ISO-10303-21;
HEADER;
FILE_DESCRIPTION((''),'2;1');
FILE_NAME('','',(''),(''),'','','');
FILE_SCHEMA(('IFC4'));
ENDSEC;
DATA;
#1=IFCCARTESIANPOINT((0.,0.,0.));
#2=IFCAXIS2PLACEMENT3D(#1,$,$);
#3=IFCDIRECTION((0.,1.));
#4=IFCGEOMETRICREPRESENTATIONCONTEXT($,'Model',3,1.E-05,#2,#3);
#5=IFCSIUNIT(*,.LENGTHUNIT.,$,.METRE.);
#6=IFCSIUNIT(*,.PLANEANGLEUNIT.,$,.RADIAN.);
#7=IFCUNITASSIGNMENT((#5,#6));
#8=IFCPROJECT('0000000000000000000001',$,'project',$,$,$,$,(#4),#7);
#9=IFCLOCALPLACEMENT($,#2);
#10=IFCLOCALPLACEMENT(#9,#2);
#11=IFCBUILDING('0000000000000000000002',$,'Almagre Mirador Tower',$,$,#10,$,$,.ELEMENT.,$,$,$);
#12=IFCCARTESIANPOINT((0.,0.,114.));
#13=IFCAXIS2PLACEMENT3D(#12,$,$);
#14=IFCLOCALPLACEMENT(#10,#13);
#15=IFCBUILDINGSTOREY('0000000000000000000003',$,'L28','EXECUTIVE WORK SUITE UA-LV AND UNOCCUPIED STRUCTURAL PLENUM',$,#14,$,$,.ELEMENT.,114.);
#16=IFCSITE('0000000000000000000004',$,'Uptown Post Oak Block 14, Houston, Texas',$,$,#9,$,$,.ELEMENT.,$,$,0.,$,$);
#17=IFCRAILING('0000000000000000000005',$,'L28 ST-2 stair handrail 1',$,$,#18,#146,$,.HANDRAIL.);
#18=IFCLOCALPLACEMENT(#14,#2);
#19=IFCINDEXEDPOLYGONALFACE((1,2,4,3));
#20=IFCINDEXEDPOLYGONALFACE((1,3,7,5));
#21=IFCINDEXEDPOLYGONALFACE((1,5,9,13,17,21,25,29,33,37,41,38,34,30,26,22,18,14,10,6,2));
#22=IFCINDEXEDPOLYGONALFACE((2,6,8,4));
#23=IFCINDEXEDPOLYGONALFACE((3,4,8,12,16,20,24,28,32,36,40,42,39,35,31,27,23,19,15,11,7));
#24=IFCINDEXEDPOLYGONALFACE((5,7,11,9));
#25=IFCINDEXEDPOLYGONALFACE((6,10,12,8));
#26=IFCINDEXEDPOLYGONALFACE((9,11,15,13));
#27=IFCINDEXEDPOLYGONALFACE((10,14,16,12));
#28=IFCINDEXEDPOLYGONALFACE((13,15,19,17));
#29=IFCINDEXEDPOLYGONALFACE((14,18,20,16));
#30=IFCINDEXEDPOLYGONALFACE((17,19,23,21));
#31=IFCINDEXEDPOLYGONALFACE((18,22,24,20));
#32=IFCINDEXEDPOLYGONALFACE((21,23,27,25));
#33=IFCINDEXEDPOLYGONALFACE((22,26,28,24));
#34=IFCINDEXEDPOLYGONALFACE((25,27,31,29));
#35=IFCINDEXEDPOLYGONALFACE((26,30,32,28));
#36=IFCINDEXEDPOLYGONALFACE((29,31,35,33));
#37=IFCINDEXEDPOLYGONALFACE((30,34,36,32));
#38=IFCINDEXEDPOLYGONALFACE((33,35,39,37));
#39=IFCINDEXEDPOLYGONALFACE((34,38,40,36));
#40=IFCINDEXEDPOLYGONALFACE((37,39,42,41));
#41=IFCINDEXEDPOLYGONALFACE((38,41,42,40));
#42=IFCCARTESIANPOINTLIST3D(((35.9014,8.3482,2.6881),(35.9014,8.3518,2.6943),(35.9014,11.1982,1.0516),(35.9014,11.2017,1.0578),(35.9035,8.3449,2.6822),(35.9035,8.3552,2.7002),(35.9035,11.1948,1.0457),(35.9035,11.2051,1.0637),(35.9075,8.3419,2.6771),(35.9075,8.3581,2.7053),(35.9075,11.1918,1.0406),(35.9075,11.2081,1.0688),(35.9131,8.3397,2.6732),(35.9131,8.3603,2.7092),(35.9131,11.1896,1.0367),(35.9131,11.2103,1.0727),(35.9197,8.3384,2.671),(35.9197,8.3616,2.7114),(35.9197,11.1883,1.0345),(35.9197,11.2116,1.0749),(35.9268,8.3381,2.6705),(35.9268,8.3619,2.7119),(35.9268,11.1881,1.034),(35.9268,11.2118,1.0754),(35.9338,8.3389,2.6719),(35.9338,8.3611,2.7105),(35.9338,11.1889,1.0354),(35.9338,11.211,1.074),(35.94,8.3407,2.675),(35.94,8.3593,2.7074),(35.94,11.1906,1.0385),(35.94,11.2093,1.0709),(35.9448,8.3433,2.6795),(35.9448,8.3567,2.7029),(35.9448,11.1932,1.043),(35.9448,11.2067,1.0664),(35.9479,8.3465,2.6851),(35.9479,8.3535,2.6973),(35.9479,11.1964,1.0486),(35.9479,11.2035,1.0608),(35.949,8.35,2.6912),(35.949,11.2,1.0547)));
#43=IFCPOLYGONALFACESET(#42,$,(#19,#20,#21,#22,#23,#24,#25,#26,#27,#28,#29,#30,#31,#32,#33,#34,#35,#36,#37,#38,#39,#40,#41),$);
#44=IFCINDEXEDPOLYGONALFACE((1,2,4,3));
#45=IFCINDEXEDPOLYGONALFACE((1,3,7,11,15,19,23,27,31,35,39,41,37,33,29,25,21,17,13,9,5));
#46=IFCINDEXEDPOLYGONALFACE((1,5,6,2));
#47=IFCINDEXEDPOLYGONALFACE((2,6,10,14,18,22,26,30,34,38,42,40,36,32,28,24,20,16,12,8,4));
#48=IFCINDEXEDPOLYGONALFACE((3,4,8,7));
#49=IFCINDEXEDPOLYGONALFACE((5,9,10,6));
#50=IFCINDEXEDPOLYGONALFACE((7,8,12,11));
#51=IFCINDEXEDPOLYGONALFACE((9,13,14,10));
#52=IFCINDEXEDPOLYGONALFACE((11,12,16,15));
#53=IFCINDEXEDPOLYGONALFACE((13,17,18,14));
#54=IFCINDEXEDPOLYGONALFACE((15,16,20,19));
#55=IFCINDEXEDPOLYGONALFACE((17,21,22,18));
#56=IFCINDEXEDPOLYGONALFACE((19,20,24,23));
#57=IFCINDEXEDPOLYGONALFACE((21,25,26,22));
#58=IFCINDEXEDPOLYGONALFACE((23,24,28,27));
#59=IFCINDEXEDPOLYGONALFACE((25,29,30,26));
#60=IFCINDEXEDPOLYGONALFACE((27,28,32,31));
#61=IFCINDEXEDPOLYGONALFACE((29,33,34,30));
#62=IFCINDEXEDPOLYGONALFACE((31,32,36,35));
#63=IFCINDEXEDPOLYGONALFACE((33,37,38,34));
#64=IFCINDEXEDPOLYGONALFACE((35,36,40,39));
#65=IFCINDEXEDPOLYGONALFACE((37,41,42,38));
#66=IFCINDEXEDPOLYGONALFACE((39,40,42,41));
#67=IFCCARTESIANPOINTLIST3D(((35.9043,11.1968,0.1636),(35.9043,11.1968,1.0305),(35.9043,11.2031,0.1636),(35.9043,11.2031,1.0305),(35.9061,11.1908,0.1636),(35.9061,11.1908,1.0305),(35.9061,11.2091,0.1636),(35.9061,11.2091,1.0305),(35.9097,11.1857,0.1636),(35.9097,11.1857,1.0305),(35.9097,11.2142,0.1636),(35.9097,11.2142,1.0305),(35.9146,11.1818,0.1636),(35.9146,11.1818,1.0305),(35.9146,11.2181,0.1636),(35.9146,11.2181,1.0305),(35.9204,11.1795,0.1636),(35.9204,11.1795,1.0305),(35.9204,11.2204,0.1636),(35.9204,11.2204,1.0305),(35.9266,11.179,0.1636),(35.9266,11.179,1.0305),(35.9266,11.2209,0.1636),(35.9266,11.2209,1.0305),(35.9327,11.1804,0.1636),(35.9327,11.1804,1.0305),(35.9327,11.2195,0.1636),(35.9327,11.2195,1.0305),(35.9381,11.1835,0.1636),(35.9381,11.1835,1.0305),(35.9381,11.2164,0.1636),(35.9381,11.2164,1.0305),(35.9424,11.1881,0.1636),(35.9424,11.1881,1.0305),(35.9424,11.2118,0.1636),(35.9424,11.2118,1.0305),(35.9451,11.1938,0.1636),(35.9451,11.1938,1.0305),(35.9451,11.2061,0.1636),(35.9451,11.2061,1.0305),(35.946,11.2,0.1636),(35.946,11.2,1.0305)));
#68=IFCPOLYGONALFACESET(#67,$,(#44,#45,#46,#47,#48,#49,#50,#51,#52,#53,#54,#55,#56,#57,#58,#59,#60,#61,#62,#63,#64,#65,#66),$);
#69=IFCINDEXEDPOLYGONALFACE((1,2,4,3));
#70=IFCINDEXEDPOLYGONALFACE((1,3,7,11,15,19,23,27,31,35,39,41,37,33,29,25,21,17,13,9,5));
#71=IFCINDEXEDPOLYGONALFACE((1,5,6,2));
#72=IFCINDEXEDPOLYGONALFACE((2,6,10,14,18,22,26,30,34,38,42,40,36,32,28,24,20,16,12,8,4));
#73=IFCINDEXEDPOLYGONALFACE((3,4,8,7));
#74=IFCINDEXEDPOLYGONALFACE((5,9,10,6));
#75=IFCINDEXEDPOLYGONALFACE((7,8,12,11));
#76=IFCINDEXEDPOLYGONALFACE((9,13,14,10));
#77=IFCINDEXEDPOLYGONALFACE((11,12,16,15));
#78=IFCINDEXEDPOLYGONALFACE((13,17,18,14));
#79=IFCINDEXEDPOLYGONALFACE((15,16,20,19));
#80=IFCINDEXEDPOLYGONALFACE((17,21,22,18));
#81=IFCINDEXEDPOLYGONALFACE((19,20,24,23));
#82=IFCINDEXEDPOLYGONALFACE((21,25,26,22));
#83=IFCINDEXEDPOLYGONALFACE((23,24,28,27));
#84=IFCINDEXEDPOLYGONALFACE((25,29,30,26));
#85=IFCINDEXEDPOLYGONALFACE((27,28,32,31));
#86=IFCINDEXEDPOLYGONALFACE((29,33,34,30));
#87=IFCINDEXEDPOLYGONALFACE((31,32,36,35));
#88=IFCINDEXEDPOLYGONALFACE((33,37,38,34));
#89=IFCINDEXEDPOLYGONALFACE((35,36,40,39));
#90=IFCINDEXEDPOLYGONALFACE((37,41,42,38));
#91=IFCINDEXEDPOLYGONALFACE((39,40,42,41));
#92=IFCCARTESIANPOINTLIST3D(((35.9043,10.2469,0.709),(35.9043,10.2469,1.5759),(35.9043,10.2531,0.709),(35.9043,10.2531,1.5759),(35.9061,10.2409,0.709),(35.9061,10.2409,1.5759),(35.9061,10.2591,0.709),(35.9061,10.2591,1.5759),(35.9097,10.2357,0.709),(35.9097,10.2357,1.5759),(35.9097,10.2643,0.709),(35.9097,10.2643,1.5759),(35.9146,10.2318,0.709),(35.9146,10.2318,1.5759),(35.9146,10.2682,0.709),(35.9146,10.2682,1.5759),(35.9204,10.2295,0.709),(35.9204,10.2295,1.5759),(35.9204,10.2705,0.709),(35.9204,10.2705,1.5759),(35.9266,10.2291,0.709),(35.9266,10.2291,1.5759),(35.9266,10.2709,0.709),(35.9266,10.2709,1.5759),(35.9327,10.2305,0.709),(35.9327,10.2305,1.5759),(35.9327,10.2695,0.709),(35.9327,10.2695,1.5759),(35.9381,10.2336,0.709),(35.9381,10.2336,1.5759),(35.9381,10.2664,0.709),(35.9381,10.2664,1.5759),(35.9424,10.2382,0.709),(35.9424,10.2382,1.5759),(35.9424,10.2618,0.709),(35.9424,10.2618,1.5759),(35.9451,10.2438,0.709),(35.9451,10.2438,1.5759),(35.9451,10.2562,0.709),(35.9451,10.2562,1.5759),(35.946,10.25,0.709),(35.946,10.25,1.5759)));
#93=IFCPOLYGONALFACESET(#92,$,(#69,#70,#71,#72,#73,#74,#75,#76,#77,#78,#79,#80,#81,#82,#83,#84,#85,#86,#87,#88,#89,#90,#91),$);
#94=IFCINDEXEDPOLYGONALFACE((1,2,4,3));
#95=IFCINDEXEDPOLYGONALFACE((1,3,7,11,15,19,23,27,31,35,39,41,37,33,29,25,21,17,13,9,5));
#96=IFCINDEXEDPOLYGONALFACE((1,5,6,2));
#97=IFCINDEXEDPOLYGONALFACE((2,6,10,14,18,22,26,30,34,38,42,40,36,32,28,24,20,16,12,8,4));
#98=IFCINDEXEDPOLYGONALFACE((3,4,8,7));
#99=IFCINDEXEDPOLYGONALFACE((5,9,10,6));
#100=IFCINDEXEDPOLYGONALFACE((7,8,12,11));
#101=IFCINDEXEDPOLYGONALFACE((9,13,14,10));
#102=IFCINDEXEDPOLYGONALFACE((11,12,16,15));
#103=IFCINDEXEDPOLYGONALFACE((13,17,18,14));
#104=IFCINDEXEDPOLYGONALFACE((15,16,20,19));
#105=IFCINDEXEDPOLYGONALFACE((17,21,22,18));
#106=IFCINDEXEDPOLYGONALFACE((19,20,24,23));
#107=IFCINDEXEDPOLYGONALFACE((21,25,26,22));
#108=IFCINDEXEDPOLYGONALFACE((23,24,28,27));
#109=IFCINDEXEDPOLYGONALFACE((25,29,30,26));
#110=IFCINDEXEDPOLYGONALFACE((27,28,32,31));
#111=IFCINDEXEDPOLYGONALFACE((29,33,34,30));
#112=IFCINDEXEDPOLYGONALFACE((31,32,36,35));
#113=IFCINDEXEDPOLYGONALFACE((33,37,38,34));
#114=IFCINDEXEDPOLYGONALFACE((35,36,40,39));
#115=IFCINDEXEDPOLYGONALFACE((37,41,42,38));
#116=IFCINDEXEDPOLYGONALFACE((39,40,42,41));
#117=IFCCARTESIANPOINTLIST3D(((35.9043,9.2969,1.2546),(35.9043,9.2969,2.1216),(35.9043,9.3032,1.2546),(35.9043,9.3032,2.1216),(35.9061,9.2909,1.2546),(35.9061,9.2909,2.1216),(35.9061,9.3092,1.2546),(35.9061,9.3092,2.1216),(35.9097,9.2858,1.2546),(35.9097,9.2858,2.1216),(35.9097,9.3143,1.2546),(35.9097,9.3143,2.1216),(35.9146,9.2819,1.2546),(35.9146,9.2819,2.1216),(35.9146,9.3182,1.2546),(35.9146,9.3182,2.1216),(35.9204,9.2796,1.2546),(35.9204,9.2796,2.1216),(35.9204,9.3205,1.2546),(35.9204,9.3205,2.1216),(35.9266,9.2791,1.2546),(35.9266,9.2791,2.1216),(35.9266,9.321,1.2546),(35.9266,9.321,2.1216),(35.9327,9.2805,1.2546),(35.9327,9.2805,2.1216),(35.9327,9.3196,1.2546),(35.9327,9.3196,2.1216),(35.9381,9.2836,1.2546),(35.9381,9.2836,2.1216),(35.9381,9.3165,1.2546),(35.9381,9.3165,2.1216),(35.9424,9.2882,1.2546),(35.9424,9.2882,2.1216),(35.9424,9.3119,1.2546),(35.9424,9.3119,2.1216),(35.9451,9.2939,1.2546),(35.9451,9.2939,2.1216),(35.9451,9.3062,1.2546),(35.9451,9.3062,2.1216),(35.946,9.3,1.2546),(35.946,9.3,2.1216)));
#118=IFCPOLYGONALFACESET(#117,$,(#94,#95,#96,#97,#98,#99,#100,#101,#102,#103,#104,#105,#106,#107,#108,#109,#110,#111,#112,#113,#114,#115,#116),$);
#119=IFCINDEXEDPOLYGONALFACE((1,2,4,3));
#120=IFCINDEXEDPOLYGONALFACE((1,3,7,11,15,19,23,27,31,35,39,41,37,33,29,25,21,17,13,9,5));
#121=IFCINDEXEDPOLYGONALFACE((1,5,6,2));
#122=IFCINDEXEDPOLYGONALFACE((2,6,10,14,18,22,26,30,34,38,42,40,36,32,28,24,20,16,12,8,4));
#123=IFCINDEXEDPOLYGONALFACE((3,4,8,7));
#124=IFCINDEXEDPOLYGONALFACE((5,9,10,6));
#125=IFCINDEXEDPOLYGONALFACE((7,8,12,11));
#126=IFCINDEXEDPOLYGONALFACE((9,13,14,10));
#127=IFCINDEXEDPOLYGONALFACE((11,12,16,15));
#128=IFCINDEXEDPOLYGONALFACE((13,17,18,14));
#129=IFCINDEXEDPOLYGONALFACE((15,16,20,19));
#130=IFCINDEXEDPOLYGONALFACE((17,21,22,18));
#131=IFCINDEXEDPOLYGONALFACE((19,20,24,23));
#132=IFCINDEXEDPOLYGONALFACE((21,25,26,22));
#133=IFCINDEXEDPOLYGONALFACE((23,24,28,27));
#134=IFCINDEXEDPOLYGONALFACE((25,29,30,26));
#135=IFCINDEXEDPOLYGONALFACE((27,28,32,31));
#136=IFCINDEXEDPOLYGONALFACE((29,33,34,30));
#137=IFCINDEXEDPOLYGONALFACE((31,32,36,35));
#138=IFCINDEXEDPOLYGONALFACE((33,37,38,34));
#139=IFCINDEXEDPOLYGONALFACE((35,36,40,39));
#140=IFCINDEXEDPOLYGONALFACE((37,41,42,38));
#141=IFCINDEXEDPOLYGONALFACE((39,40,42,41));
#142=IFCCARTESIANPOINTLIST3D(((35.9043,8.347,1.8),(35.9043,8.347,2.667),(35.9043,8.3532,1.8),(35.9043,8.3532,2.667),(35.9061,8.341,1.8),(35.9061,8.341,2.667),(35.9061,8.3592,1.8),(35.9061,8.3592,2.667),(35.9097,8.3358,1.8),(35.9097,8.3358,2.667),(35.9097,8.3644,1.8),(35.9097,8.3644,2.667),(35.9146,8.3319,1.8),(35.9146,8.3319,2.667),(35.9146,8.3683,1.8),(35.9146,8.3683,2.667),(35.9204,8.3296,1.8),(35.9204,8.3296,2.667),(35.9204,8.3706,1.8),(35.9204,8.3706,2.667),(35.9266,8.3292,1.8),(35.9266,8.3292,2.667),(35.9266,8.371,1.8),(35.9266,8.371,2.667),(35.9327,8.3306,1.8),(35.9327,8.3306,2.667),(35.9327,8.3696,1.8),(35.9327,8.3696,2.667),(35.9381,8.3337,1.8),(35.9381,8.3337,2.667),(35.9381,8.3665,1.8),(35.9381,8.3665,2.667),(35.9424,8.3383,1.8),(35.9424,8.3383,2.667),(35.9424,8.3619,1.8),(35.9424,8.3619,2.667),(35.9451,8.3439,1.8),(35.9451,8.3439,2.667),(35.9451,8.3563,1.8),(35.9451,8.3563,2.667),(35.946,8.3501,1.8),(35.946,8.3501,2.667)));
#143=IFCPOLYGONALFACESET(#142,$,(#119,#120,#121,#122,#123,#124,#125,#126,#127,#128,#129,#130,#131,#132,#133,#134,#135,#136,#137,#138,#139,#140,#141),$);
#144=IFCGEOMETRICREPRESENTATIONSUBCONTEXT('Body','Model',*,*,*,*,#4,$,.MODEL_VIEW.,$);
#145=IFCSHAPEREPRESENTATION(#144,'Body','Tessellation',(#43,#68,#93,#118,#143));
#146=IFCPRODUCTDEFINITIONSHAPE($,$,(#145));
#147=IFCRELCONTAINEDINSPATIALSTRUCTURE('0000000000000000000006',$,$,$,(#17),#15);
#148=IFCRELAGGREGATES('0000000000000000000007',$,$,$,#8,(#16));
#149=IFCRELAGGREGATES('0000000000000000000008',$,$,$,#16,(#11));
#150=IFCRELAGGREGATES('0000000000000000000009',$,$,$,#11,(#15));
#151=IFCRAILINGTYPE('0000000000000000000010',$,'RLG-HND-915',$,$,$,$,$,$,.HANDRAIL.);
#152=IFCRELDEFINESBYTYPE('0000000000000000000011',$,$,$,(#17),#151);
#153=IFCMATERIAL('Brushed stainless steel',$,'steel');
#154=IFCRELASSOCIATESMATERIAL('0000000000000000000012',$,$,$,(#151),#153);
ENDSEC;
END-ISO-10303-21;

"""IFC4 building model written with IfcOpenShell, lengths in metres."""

from ifc_helpers import new_model, si_unit, direction, frame, origin, origin_2d, place, context, subcontext, project, spatial, circle, extrude, material, type_object, element, save


model = new_model("IFC4")

# Units and contexts
model_context = context("Model", 3, precision=1e-05, world=origin(), true_north=direction((0.0, 1.0)))
body_context = subcontext(model_context, "Body", "Model", "MODEL_VIEW")
ifc_project = project(units=[si_unit("LENGTHUNIT", "METRE"), si_unit("PLANEANGLEUNIT", "RADIAN")], contexts=[model_context])

# Site, building, storey
site_placement = place(None, origin())
site = spatial("IfcSite", under=ifc_project, at=site_placement, Name="Uptown Post Oak Block 14, Houston, Texas", CompositionType="ELEMENT", RefElevation=0.0)
building_placement = place(site_placement, origin())
building = spatial("IfcBuilding", under=site, at=building_placement, Name="Almagre Mirador Tower", CompositionType="ELEMENT")
storey_placement = place(building_placement, frame((0.0, 0.0, 114.0)))
storey = spatial("IfcBuildingStorey", under=building, at=storey_placement, Name="L28", Description="EXECUTIVE WORK SUITE UA-LV AND UNOCCUPIED STRUCTURAL PLENUM", CompositionType="ELEMENT", Elevation=114.0)

# Railing
ifc_material_1 = material(Name="Brushed stainless steel", Category="steel")
railing_type_1 = type_object("IfcRailingType", Name="RLG-HND-915", PredefinedType="HANDRAIL", material=ifc_material_1)
railing_1_placement = place(storey_placement, frame((35.925, 11.2, 0.1636)))
element("IfcRailing", 1, at=railing_1_placement, inside=storey, type_object=railing_type_1, Name="L28 ST-2 stair handrail 1", PredefinedType="HANDRAIL", context=body_context, shape_type="SweptSolid", body=[
    extrude(circle(Radius=0.0239, at=origin_2d()), frame((0.0, 0.0, 0.8911), z_axis=(0.0, -0.867194, 0.49797), x_axis=(1.0, 0.0, 0.0)), (0.0, 0.0, 1.0), 3.2864),
    extrude(circle(Radius=0.021, at=origin_2d()), origin(), (0.0, 0.0, 1.0), 0.8669),
    extrude(circle(Radius=0.021, at=origin_2d()), frame((0.0, -0.95, 0.5454)), (0.0, 0.0, 1.0), 0.8669),
    extrude(circle(Radius=0.021, at=origin_2d()), frame((0.0, -1.8999, 1.0911)), (0.0, 0.0, 1.0), 0.8669),
    extrude(circle(Radius=0.021, at=origin_2d()), frame((0.0, -2.8499, 1.6365)), (0.0, 0.0, 1.0), 0.8669),
])

save(model, "model.ifc")
